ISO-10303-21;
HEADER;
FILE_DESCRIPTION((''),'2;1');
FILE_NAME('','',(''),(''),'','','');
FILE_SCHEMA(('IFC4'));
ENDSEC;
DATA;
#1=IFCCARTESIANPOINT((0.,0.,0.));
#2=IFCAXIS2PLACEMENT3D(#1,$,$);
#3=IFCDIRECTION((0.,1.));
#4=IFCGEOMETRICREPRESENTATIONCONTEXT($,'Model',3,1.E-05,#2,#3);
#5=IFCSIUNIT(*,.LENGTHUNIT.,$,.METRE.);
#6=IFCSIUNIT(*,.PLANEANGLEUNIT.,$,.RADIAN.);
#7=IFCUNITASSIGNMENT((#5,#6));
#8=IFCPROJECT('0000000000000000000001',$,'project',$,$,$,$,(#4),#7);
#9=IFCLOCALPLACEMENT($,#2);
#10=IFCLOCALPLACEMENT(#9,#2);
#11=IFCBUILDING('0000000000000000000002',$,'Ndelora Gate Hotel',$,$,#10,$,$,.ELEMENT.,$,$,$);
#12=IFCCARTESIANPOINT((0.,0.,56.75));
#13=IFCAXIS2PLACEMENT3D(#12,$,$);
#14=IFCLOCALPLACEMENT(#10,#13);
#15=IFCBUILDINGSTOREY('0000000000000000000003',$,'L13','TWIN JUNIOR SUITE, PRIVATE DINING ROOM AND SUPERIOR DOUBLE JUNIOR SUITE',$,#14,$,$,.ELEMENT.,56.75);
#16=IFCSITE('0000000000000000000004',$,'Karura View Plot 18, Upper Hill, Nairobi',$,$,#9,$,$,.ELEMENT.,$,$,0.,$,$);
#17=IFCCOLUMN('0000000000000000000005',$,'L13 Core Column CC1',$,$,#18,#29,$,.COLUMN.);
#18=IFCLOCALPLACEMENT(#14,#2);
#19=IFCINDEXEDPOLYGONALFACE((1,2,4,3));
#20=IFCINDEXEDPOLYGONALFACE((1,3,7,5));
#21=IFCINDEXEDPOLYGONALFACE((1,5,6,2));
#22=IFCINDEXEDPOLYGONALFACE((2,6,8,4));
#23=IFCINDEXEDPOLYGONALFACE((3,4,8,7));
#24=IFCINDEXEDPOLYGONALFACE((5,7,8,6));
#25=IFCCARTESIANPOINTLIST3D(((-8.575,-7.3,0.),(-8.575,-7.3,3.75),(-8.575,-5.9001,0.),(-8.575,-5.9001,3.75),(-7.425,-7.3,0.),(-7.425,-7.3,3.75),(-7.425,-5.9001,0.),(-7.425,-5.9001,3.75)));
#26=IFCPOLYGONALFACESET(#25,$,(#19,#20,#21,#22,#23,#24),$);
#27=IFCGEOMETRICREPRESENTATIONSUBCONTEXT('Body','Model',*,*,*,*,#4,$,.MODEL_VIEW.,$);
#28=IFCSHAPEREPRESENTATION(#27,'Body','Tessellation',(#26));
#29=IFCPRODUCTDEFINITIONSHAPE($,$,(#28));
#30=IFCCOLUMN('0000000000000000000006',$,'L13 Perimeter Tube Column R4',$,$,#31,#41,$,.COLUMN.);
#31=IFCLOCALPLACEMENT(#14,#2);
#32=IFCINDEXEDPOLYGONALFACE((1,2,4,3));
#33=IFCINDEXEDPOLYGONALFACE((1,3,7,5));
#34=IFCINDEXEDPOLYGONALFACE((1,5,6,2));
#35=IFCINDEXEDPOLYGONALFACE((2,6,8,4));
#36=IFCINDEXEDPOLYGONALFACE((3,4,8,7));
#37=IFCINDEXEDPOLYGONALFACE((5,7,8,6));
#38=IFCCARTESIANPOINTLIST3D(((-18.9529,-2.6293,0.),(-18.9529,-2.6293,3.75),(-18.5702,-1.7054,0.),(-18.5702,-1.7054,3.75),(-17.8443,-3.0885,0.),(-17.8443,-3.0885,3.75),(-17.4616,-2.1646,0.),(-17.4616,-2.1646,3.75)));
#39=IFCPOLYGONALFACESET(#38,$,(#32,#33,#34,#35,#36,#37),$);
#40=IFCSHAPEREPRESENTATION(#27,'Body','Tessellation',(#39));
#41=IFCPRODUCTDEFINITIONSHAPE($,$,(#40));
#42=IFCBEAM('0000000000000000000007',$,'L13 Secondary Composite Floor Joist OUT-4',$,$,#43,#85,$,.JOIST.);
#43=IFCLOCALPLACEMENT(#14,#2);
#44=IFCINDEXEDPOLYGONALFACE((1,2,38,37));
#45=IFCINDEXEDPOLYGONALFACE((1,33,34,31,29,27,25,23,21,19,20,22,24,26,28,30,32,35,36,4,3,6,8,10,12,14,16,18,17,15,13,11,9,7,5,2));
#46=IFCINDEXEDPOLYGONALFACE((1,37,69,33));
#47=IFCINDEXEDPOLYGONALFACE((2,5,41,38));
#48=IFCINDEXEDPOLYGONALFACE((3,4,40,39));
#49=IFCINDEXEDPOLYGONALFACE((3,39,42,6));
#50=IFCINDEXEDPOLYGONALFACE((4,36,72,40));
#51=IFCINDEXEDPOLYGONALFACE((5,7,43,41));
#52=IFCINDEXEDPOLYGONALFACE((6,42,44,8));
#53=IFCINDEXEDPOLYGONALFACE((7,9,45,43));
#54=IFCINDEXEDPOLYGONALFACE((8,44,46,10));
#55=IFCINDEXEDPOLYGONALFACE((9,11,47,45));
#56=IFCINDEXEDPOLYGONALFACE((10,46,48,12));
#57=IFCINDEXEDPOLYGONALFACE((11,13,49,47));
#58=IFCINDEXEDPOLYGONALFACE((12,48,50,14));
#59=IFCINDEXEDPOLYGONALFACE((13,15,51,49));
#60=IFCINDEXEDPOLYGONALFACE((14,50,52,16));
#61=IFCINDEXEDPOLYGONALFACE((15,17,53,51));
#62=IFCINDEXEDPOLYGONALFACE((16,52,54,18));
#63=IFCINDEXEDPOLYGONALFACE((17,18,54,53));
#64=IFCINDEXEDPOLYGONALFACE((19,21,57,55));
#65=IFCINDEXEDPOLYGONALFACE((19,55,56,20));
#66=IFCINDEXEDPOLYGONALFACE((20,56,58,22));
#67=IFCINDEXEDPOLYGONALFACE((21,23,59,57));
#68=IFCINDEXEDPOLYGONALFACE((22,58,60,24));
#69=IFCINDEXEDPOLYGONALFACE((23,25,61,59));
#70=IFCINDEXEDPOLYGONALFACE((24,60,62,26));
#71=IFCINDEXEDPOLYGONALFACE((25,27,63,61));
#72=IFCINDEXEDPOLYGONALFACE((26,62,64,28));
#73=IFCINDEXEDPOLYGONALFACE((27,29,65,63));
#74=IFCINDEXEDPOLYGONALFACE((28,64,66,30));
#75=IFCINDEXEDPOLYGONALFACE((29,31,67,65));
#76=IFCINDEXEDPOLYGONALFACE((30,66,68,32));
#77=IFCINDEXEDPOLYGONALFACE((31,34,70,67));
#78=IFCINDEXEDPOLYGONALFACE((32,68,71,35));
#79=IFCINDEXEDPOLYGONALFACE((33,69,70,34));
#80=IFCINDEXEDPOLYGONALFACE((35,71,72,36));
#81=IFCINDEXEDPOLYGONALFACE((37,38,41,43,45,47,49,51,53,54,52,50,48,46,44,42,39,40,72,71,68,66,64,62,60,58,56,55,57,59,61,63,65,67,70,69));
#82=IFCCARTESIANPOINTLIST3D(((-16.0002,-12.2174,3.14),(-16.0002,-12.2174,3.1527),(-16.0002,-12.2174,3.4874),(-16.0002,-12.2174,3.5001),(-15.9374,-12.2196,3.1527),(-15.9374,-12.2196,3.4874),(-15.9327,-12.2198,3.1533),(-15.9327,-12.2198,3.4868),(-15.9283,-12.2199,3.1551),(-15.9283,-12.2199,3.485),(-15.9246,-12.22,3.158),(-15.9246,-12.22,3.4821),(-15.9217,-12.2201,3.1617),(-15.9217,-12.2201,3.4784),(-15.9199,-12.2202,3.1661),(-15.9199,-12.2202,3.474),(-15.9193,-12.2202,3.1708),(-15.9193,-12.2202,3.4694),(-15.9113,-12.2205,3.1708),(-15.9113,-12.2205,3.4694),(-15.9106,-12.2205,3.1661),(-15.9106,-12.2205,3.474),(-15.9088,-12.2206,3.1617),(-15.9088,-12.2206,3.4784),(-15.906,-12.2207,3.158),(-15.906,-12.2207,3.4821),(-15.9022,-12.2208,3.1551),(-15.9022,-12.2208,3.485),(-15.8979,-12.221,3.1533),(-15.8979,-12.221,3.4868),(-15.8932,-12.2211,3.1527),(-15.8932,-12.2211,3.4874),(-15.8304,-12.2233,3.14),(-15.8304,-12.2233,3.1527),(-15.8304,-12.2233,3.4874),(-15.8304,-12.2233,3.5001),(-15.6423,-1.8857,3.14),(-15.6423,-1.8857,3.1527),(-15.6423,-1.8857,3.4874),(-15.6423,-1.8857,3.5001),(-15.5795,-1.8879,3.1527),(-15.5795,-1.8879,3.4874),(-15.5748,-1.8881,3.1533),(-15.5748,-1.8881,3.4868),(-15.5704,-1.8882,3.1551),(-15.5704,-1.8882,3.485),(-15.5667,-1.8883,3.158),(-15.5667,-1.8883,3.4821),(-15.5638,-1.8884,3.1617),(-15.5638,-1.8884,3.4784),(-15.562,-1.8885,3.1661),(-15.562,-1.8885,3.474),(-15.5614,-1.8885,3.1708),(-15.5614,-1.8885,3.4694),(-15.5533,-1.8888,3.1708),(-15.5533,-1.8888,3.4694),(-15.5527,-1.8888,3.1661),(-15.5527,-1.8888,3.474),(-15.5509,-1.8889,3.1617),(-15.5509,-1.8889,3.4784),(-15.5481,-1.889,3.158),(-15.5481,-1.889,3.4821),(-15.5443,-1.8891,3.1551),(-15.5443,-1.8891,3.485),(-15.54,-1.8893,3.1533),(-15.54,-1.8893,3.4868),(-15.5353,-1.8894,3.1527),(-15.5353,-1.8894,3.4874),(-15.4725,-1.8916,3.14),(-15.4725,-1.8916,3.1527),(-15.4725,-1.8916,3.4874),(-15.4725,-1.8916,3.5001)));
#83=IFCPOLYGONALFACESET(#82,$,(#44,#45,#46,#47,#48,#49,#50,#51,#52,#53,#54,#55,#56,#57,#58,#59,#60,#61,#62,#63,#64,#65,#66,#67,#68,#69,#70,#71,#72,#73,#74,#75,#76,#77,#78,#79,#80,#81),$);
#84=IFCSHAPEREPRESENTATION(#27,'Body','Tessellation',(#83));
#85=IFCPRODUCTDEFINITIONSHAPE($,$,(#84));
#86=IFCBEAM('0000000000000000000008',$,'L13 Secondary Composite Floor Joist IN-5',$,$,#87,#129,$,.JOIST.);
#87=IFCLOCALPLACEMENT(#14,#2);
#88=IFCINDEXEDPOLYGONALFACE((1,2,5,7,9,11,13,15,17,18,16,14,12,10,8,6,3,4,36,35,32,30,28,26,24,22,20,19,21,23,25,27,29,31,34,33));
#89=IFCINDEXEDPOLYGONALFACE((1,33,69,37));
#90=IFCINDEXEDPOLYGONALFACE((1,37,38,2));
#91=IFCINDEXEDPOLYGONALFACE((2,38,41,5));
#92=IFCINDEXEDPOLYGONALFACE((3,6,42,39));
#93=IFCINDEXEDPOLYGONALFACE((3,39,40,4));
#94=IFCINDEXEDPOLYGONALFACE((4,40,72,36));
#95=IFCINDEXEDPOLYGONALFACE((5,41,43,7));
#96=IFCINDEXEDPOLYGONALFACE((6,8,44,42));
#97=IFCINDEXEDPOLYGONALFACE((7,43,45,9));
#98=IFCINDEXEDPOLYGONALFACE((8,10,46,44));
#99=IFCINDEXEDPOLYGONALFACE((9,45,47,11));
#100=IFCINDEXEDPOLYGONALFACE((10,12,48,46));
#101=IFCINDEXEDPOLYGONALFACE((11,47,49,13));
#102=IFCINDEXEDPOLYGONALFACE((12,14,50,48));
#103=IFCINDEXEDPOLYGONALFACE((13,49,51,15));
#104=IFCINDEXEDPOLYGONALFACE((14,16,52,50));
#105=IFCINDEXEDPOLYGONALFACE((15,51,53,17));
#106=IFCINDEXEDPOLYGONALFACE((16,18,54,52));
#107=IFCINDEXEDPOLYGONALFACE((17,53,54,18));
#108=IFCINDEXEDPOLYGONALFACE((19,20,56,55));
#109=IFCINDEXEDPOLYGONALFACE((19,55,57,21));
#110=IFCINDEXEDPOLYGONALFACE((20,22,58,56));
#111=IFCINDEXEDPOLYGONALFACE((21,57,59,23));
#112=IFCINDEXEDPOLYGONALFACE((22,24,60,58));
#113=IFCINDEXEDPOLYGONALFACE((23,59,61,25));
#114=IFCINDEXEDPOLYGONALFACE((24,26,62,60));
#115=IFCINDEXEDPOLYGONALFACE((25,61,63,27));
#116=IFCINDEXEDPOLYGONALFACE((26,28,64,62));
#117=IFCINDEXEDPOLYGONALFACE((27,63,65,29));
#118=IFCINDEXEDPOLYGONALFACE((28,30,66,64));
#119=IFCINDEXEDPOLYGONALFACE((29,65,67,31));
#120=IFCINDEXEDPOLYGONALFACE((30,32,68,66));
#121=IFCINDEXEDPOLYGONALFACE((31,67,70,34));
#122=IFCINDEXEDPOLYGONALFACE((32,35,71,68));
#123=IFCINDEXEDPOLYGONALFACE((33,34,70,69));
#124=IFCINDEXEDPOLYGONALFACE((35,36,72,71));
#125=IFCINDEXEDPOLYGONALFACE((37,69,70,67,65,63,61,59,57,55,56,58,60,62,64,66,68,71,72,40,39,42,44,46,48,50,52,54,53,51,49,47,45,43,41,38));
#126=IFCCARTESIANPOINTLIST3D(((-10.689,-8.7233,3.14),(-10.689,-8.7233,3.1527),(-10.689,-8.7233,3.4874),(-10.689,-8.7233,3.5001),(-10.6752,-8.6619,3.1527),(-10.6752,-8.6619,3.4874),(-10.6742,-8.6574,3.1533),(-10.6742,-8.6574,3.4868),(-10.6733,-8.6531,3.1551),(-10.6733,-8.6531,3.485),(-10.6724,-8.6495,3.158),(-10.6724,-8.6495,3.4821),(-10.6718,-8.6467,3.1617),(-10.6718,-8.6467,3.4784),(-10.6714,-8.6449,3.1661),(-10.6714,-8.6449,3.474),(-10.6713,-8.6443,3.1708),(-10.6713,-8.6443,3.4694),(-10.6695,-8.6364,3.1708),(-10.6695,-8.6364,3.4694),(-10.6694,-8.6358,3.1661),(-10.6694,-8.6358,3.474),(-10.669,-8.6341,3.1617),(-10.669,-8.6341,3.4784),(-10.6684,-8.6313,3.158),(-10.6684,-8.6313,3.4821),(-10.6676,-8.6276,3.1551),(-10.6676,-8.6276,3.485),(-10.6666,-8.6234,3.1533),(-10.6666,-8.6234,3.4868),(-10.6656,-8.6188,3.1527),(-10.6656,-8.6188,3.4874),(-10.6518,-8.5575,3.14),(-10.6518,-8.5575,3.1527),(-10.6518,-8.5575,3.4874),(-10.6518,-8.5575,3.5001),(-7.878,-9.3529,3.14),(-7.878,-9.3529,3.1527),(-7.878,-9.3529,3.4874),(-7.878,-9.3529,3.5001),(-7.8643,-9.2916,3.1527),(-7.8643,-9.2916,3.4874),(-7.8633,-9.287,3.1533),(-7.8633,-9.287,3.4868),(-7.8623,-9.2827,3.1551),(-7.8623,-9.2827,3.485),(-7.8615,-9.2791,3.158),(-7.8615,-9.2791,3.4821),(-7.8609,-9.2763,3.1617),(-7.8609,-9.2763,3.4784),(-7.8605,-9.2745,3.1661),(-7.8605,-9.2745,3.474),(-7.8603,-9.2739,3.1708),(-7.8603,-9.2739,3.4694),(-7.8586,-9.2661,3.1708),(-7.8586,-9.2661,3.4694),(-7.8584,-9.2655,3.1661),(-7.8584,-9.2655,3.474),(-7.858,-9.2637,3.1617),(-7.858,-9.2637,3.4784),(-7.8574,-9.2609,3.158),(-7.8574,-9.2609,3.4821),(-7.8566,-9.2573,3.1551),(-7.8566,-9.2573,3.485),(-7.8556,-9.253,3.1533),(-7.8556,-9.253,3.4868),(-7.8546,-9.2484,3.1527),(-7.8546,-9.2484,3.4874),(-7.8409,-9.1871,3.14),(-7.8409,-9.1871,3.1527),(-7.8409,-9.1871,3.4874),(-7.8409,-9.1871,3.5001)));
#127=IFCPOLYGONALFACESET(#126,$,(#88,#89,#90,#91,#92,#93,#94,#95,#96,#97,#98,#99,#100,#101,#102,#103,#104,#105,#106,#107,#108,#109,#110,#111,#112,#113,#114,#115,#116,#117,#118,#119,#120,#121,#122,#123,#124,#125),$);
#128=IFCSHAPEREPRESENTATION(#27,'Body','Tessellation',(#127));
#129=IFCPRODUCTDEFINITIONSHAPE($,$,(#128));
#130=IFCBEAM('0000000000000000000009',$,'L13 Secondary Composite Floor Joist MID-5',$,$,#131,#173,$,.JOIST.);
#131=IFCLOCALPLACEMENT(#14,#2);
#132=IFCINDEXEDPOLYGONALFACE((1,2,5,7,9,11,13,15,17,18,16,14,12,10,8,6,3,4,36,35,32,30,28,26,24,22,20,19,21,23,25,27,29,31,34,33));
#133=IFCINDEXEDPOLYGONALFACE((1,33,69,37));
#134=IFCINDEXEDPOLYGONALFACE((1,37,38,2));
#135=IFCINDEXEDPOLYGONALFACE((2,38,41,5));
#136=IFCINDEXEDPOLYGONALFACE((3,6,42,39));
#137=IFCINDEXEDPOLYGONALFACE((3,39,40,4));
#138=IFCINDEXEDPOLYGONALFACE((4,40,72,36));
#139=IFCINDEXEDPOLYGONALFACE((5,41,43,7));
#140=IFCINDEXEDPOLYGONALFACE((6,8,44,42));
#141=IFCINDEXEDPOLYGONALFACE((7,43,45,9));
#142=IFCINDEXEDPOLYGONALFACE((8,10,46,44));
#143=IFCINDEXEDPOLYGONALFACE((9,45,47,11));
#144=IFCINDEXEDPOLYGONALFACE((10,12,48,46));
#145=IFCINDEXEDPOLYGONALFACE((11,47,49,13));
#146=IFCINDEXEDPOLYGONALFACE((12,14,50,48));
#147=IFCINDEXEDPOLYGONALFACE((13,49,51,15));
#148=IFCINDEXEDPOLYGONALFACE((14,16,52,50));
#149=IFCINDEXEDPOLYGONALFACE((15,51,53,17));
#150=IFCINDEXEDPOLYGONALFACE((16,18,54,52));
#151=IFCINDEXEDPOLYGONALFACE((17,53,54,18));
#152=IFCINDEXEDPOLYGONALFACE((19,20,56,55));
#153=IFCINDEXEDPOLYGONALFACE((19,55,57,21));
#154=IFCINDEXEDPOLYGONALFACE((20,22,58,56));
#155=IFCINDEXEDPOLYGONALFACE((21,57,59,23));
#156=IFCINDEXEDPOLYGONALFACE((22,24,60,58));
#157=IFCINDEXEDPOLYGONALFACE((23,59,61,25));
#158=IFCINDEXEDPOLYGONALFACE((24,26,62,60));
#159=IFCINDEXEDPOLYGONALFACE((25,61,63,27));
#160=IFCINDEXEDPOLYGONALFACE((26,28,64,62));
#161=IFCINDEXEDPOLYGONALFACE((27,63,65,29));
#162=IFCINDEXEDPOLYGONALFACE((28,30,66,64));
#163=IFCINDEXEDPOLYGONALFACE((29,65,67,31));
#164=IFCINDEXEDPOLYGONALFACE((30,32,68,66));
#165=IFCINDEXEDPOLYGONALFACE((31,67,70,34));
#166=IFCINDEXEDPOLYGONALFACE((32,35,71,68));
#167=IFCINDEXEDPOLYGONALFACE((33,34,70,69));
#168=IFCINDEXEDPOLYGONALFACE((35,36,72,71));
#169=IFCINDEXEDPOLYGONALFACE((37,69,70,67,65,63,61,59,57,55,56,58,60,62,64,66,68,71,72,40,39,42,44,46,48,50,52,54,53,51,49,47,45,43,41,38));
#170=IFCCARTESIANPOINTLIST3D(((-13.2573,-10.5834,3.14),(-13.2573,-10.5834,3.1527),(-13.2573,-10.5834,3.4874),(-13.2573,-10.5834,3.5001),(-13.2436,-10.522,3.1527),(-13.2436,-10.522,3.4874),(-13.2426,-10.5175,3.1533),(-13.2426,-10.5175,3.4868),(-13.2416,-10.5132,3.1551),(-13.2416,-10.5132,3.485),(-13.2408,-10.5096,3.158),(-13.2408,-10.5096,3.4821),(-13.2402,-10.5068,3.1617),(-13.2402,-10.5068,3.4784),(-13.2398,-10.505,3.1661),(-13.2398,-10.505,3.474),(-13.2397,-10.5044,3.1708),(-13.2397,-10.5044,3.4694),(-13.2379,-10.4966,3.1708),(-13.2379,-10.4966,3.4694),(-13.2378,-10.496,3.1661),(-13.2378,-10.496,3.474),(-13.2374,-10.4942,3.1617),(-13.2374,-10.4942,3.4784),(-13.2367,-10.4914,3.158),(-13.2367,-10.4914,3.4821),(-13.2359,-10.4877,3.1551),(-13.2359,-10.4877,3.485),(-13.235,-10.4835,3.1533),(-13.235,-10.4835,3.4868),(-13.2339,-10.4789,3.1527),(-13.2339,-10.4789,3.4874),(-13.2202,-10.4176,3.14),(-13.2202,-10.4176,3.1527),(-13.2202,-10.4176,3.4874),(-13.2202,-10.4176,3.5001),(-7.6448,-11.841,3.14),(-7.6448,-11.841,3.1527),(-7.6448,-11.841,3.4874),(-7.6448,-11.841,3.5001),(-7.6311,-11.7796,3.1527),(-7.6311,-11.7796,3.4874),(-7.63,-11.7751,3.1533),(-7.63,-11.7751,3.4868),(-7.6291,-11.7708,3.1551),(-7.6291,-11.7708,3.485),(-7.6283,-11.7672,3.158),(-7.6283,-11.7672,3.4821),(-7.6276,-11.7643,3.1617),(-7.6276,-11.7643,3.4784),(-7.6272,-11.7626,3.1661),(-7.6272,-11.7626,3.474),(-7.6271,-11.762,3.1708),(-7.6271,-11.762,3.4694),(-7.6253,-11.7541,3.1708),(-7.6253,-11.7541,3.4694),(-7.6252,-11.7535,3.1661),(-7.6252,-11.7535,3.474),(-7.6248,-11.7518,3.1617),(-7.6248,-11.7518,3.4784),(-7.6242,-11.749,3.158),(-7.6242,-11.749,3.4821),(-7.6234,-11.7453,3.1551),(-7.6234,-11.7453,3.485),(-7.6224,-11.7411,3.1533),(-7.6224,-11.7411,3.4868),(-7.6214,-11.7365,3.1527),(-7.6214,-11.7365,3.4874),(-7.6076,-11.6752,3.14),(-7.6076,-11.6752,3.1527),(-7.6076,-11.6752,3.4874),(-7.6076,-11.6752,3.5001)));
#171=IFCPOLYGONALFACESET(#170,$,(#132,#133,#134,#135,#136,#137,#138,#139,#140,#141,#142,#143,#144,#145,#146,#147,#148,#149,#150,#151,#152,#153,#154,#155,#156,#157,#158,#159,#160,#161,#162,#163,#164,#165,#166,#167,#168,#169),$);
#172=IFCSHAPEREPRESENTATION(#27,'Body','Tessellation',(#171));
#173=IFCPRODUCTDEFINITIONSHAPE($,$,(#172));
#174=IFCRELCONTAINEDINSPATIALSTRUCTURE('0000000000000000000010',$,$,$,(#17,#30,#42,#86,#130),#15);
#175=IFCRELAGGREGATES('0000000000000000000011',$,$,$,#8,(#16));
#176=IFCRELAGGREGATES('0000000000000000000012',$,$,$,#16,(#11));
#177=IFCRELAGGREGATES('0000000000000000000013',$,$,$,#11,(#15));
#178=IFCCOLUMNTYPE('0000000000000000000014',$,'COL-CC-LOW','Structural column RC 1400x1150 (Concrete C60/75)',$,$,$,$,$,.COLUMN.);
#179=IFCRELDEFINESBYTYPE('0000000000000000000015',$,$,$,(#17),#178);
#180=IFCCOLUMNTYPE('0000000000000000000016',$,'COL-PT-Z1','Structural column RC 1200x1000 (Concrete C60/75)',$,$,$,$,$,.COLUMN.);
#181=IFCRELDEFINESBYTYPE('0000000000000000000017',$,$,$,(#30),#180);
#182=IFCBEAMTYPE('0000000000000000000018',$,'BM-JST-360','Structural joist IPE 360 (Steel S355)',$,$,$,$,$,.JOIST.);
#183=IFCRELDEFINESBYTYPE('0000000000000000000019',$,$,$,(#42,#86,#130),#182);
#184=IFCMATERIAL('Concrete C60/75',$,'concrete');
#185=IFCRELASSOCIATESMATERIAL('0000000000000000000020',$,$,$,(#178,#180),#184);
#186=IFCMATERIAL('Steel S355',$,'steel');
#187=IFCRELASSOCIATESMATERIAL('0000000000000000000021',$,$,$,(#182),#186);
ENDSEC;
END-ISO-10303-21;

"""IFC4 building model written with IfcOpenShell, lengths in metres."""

from ifc_helpers import new_model, si_unit, direction, frame, origin, origin_2d, place, context, subcontext, project, spatial, rectangle, i_section, extrude, material, material_profile, profile_set, type_object, element, save


model = new_model("IFC4")

# Units and contexts
model_context = context("Model", 3, precision=1e-05, world=origin(), true_north=direction((0.0, 1.0)))
body_context = subcontext(model_context, "Body", "Model", "MODEL_VIEW")
ifc_project = project(units=[si_unit("LENGTHUNIT", "METRE"), si_unit("PLANEANGLEUNIT", "RADIAN")], contexts=[model_context])

# Site, building, storey
site_placement = place(None, origin())
site = spatial("IfcSite", under=ifc_project, at=site_placement, Name="Karura View Plot 18, Upper Hill, Nairobi", CompositionType="ELEMENT", RefElevation=0.0)
building_placement = place(site_placement, origin())
building = spatial("IfcBuilding", under=site, at=building_placement, Name="Ndelora Gate Hotel", CompositionType="ELEMENT")
storey_placement = place(building_placement, frame((0.0, 0.0, 56.75)))
storey = spatial("IfcBuildingStorey", under=building, at=storey_placement, Name="L13", Description="TWIN JUNIOR SUITE, PRIVATE DINING ROOM AND SUPERIOR DOUBLE JUNIOR SUITE", CompositionType="ELEMENT", Elevation=56.75)

# Columns
ifc_material_1 = material(Name="Concrete C60/75", Category="concrete")
ifc_material_profile_1 = material_profile(ifc_material_1, rectangle(XDim=1.1499, YDim=1.3999, at=origin_2d()), Name="RC 1400x1150")
ifc_profile_set_1 = profile_set([ifc_material_profile_1], Name="Concrete C60/75")
column_type_1 = type_object("IfcColumnType", Name="COL-CC-LOW", Description="Structural column RC 1400x1150 (Concrete C60/75)", PredefinedType="COLUMN", material=ifc_profile_set_1)
column_1_placement = place(storey_placement, frame((-8.0, -6.6001, 0.0), z_axis=(0.0, 0.0, 1.0), x_axis=(1.0, 0.0, 0.0)))
element("IfcColumn", 1, at=column_1_placement, inside=storey, type_object=column_type_1, Name="L13 Core Column CC1", PredefinedType="COLUMN", context=body_context, shape_type="SweptSolid", body=[
    extrude(rectangle(XDim=1.1499, YDim=1.3999, at=origin_2d()), origin(), (0.0, 0.0, 1.0), 3.75),
])
ifc_material_profile_2 = material_profile(ifc_material_1, rectangle(XDim=1.0, YDim=1.2, at=origin_2d()), Name="RC 1200x1000")
ifc_profile_set_2 = profile_set([ifc_material_profile_2], Name="Concrete C60/75")
column_type_2 = type_object("IfcColumnType", Name="COL-PT-Z1", Description="Structural column RC 1200x1000 (Concrete C60/75)", PredefinedType="COLUMN", material=ifc_profile_set_2)
column_2_placement = place(storey_placement, frame((-18.2073, -2.397, 0.0), z_axis=(0.0, 0.0, 1.0), x_axis=(0.382683, 0.92388, 0.0)))
element("IfcColumn", 2, at=column_2_placement, inside=storey, type_object=column_type_2, Name="L13 Perimeter Tube Column R4", PredefinedType="COLUMN", context=body_context, shape_type="SweptSolid", body=[
    extrude(rectangle(XDim=1.0, YDim=1.2, at=origin_2d()), origin(), (0.0, 0.0, 1.0), 3.75),
])

# Beams
ifc_material_2 = material(Name="Steel S355", Category="steel")
ifc_material_profile_3 = material_profile(ifc_material_2, i_section(OverallWidth=0.1699, OverallDepth=0.3601, WebThickness=0.0081, FlangeThickness=0.0127, FilletRadius=0.0181, at=origin_2d()), Name="IPE 360")
ifc_profile_set_3 = profile_set([ifc_material_profile_3], Name="Steel S355")
beam_type_1 = type_object("IfcBeamType", Name="BM-JST-360", Description="Structural joist IPE 360 (Steel S355)", PredefinedType="JOIST", material=ifc_profile_set_3)
beam_1_placement = place(storey_placement, frame((-15.5574, -1.8887, 3.3201), z_axis=(-0.034621, -0.999401, 0.0), x_axis=(0.999401, -0.034621, 0.0)))
element("IfcBeam", 3, at=beam_1_placement, inside=storey, type_object=beam_type_1, Name="L13 Secondary Composite Floor Joist OUT-4", PredefinedType="JOIST", context=body_context, shape_type="SweptSolid", body=[
    extrude(i_section(OverallWidth=0.1699, OverallDepth=0.3601, WebThickness=0.0081, FlangeThickness=0.0127, FilletRadius=0.0181, at=origin_2d()), origin(), (0.0, 0.0, 1.0), 10.3379),
])
beam_2_placement = place(storey_placement, frame((-10.6704, -8.6404, 3.3201), z_axis=(0.975821, -0.218572, 0.0), x_axis=(0.218572, 0.975821, 0.0)))
element("IfcBeam", 4, at=beam_2_placement, inside=storey, type_object=beam_type_1, Name="L13 Secondary Composite Floor Joist IN-5", PredefinedType="JOIST", context=body_context, shape_type="SweptSolid", body=[
    extrude(i_section(OverallWidth=0.1699, OverallDepth=0.3601, WebThickness=0.0081, FlangeThickness=0.0127, FilletRadius=0.0181, at=origin_2d()), origin(), (0.0, 0.0, 1.0), 2.8806),
])
beam_3_placement = place(storey_placement, frame((-13.2388, -10.5005, 3.3201), z_axis=(0.975805, -0.218642, 0.0), x_axis=(0.218642, 0.975805, 0.0)))
element("IfcBeam", 5, at=beam_3_placement, inside=storey, type_object=beam_type_1, Name="L13 Secondary Composite Floor Joist MID-5", PredefinedType="JOIST", context=body_context, shape_type="SweptSolid", body=[
    extrude(i_section(OverallWidth=0.1699, OverallDepth=0.3601, WebThickness=0.0081, FlangeThickness=0.0127, FilletRadius=0.0181, at=origin_2d()), origin(), (0.0, 0.0, 1.0), 5.7517),
])

save(model, "model.ifc")
